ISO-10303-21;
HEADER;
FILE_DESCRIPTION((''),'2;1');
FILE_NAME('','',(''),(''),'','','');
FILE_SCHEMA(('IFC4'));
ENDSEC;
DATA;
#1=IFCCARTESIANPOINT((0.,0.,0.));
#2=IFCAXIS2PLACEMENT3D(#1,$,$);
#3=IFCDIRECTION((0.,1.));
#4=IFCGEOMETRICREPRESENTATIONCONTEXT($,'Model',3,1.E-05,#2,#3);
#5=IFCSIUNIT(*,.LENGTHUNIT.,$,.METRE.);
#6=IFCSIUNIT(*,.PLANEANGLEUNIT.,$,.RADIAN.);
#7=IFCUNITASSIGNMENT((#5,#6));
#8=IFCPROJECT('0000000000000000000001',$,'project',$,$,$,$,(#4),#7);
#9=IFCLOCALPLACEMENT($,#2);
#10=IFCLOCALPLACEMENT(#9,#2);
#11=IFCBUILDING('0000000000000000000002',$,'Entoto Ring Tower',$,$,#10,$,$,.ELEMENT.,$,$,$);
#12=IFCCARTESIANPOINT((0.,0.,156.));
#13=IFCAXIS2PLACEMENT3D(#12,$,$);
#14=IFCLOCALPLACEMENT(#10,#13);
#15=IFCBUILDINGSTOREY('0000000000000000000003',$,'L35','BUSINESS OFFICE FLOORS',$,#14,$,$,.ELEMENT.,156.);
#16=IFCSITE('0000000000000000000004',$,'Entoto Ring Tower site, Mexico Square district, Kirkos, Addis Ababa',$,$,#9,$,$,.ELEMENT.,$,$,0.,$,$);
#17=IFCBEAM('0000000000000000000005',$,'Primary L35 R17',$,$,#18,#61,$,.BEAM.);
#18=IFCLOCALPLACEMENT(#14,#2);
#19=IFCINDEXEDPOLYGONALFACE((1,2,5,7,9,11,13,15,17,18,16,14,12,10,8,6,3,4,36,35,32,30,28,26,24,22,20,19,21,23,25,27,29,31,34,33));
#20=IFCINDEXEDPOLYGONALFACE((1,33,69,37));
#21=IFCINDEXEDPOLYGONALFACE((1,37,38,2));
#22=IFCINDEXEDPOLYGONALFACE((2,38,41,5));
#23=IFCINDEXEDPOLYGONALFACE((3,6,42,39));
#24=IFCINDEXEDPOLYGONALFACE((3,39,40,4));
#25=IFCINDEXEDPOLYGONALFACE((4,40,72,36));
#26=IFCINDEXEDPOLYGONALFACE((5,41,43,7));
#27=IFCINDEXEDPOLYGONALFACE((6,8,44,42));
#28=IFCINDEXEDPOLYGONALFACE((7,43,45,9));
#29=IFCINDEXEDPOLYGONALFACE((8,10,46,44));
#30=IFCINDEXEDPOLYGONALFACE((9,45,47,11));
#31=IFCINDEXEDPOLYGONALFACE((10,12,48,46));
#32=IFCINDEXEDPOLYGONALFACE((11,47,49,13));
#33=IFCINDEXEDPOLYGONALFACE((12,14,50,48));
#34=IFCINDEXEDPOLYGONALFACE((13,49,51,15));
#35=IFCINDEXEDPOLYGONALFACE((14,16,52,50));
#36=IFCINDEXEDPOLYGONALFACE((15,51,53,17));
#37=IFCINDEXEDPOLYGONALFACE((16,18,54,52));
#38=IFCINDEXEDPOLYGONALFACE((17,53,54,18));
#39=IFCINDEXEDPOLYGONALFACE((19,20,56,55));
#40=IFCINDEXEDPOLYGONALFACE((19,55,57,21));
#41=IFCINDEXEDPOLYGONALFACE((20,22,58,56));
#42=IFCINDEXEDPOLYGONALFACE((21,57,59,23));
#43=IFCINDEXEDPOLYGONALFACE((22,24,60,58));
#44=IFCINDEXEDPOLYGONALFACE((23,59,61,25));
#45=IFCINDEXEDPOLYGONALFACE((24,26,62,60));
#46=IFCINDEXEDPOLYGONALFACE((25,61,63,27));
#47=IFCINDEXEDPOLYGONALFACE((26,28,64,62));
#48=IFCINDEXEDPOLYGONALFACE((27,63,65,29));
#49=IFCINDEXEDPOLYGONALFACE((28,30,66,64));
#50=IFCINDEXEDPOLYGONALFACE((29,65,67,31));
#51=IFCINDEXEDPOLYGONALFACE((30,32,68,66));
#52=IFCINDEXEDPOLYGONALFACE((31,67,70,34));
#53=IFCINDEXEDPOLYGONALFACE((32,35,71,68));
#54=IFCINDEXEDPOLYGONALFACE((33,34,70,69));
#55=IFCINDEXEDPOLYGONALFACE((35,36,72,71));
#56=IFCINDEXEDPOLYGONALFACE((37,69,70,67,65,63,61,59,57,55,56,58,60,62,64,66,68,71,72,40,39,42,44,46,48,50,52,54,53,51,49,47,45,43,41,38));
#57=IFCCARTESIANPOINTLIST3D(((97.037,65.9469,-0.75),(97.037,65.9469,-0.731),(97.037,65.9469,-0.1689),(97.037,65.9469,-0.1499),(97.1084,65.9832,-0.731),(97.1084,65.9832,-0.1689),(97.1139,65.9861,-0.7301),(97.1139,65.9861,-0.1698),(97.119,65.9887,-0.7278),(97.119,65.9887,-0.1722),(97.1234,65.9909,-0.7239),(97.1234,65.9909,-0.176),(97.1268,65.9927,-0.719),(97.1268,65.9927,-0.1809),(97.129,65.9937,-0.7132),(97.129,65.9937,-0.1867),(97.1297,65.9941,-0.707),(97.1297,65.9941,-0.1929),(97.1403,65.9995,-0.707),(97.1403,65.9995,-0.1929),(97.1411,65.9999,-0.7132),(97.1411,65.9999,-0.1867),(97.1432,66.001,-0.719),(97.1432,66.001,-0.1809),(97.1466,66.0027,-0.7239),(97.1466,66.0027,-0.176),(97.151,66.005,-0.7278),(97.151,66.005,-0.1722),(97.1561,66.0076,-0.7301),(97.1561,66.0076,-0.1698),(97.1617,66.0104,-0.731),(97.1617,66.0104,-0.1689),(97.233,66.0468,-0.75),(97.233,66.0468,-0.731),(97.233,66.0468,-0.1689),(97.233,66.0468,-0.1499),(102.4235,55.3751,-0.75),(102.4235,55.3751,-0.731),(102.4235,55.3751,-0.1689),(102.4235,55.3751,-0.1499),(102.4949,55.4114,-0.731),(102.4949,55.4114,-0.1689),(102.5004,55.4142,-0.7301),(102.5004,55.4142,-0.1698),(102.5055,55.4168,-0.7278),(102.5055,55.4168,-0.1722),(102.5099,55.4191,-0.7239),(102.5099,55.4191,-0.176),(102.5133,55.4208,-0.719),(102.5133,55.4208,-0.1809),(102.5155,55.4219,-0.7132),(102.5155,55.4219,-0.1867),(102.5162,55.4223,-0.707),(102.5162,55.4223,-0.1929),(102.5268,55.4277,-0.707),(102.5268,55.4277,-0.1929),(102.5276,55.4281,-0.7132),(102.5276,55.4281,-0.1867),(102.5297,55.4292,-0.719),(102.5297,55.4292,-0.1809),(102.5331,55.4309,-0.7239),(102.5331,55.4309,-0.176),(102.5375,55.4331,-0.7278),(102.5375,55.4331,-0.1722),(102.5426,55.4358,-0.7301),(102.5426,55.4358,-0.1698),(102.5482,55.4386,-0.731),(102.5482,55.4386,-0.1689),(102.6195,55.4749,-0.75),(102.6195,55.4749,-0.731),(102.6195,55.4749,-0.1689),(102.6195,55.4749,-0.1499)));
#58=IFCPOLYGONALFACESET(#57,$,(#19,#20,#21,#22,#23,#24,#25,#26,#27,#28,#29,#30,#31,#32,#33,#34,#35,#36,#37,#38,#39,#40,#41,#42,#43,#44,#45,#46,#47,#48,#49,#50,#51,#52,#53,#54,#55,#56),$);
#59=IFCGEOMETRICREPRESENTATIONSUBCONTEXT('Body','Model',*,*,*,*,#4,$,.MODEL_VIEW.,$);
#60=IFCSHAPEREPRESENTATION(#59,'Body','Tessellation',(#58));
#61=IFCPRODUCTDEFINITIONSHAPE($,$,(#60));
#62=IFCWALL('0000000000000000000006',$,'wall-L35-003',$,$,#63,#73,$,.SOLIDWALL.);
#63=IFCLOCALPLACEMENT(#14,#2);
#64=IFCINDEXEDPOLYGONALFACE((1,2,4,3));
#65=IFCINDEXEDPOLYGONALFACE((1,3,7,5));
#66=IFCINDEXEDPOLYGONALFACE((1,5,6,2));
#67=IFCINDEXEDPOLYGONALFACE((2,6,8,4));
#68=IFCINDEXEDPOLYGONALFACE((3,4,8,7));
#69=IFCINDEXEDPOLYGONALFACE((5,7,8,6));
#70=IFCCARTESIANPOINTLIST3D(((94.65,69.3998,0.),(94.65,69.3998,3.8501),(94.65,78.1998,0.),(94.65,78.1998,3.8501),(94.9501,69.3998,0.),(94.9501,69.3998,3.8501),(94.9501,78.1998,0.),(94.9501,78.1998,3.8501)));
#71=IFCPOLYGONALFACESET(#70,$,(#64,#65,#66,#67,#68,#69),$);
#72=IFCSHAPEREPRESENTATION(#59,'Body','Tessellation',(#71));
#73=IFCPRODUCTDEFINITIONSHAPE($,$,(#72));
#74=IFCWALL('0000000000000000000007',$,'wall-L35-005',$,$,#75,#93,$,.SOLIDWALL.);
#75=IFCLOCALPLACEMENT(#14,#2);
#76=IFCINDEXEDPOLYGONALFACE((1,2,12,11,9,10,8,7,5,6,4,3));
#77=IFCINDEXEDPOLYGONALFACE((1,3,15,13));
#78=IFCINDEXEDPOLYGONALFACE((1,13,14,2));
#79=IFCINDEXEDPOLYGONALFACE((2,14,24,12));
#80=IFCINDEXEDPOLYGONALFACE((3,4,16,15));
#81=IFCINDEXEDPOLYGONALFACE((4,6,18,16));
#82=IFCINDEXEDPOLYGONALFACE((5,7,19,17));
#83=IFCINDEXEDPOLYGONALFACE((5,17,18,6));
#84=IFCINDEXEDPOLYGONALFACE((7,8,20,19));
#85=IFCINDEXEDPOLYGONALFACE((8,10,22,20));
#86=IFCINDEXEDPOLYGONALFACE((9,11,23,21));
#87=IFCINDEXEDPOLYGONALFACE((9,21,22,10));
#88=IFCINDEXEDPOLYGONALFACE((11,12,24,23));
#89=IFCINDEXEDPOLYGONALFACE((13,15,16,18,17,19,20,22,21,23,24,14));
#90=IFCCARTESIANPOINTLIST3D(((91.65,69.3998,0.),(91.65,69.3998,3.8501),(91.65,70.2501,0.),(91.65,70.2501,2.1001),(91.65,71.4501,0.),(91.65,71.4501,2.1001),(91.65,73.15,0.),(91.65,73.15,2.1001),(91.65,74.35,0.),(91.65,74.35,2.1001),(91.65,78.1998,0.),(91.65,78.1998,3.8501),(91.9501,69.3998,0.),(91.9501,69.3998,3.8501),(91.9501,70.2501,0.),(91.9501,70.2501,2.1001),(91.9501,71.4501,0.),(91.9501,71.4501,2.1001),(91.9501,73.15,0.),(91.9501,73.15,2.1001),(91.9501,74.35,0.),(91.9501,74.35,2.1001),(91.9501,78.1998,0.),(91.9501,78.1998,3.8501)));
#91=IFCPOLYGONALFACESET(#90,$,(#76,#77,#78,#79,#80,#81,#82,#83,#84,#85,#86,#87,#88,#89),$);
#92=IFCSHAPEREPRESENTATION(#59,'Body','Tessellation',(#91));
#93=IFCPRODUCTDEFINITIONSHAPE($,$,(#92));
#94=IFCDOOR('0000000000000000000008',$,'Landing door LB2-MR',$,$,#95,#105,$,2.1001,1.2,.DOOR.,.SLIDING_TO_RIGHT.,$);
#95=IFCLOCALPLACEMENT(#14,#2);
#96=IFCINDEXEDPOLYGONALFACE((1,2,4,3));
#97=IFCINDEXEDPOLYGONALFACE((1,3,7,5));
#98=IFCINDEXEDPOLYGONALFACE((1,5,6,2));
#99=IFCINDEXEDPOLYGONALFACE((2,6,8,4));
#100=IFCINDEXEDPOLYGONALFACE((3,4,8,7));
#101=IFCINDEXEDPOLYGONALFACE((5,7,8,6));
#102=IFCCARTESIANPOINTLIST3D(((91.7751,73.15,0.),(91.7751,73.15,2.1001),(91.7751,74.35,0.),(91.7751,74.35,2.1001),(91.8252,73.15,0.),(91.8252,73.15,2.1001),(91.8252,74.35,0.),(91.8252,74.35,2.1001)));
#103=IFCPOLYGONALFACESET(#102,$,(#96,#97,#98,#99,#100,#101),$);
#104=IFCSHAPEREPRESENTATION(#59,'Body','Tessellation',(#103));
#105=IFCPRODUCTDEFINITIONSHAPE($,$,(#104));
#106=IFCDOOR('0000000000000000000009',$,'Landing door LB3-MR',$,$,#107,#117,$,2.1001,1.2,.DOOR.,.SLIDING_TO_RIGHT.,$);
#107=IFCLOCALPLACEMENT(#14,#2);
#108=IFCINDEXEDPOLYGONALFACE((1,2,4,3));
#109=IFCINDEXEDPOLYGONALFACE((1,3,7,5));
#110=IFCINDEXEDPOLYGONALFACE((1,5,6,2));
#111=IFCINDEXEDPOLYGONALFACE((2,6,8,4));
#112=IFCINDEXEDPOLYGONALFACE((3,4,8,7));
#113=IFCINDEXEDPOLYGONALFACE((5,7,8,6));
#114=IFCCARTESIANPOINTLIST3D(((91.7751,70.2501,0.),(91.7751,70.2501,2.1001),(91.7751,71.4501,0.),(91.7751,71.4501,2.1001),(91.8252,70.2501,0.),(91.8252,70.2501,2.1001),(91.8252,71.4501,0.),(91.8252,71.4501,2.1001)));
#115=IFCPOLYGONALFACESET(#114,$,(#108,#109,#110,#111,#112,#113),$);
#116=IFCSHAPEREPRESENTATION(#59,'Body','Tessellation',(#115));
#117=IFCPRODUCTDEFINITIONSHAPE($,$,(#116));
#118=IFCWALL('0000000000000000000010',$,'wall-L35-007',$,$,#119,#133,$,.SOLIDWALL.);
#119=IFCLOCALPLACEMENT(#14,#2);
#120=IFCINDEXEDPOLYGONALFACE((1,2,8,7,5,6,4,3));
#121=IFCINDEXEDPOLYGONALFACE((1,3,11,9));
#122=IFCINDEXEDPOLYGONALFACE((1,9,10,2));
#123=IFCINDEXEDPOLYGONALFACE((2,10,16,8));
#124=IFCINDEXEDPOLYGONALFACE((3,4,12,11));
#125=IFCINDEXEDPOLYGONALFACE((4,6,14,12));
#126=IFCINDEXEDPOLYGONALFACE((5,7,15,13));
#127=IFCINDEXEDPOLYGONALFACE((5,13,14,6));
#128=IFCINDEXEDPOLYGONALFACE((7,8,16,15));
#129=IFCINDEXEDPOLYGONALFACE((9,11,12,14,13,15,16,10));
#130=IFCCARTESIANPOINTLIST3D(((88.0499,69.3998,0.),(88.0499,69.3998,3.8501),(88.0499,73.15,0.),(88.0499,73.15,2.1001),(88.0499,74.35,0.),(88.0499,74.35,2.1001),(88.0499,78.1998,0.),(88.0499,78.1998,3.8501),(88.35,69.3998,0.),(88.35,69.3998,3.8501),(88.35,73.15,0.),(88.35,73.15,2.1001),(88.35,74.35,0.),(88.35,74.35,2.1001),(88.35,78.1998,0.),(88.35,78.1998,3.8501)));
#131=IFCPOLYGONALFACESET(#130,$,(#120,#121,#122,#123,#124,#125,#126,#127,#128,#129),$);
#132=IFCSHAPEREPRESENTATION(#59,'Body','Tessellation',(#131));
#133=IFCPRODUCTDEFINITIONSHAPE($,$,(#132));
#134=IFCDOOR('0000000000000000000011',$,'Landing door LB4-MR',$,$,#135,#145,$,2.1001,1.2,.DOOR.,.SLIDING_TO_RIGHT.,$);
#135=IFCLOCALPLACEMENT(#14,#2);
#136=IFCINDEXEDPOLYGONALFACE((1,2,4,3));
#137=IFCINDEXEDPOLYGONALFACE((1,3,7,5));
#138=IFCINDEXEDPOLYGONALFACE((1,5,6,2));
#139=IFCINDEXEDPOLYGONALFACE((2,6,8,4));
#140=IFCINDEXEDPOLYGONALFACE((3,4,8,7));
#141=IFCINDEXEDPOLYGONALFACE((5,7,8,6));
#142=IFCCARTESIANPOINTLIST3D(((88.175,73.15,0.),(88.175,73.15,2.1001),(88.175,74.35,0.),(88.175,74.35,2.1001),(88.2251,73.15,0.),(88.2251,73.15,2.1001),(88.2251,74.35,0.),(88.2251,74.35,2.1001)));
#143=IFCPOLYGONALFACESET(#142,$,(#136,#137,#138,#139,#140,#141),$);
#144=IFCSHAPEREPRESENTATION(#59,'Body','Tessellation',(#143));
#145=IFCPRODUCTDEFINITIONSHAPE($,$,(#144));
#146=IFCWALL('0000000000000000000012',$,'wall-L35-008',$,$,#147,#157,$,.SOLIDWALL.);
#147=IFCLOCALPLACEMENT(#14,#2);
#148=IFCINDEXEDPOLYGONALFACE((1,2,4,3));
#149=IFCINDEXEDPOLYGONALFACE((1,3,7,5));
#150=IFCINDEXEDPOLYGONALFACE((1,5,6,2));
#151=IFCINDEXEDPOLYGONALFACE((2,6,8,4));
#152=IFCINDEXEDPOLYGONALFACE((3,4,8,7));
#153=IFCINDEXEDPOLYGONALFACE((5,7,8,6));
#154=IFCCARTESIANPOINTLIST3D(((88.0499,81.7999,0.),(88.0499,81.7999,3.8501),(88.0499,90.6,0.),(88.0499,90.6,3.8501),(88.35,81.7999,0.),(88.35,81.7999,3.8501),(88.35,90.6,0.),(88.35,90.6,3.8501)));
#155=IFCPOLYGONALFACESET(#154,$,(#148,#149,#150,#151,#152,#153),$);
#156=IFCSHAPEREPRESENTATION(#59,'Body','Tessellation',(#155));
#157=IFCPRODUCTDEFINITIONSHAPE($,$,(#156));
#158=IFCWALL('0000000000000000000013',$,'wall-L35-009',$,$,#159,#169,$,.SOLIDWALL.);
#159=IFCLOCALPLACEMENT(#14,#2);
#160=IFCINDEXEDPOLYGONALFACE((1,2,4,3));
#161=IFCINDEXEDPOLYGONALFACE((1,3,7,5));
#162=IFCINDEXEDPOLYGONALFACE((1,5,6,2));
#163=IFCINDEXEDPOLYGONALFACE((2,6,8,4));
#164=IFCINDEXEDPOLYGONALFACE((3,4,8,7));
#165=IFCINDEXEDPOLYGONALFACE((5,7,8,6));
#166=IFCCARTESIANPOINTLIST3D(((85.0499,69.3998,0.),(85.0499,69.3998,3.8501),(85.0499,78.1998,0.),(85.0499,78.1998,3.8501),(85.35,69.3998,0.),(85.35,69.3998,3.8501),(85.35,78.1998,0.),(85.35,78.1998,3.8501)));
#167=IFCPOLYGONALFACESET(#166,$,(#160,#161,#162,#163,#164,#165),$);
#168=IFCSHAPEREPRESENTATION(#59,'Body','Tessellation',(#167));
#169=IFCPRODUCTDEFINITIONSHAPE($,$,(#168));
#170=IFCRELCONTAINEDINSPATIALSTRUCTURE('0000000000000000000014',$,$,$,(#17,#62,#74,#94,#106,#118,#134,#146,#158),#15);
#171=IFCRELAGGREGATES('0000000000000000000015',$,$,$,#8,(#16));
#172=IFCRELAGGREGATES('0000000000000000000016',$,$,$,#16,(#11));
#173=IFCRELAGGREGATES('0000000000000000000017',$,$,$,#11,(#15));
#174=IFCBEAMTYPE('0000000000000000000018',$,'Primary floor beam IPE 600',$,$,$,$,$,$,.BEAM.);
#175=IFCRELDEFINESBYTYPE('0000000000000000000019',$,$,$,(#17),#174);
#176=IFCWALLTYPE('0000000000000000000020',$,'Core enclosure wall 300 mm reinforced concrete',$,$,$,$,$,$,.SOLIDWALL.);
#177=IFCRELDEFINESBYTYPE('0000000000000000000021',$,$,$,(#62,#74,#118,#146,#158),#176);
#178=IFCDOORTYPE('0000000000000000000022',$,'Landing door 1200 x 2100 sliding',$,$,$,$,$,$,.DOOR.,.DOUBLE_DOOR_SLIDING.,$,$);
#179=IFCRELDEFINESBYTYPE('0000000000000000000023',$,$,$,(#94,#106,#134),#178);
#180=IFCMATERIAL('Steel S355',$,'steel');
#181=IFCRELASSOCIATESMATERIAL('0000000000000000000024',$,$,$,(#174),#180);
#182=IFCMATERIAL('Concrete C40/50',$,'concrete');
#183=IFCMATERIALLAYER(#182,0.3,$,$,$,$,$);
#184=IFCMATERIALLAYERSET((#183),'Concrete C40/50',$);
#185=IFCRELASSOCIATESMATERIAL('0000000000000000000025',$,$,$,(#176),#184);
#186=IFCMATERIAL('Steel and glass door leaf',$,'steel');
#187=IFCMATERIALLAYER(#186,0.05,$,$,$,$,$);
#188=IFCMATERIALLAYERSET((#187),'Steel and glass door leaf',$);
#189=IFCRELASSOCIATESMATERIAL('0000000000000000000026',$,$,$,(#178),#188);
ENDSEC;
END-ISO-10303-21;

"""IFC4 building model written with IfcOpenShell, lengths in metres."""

from ifc_helpers import new_model, si_unit, direction, frame, frame_2d, origin, origin_2d, place, context, subcontext, project, spatial, rectangle, i_section, extrude, material, layer, layer_set, material_profile, profile_set, type_object, element, fill, save


model = new_model("IFC4")

# Units and contexts
model_context = context("Model", 3, precision=1e-05, world=origin(), true_north=direction((0.0, 1.0)))
body_context = subcontext(model_context, "Body", "Model", "MODEL_VIEW")
ifc_project = project(units=[si_unit("LENGTHUNIT", "METRE"), si_unit("PLANEANGLEUNIT", "RADIAN")], contexts=[model_context])

# Site, building, storey
site_placement = place(None, origin())
site = spatial("IfcSite", under=ifc_project, at=site_placement, Name="Entoto Ring Tower site, Mexico Square district, Kirkos, Addis Ababa", CompositionType="ELEMENT", RefElevation=0.0)
building_placement = place(site_placement, origin())
building = spatial("IfcBuilding", under=site, at=building_placement, Name="Entoto Ring Tower", CompositionType="ELEMENT")
storey_placement = place(building_placement, frame((0.0, 0.0, 156.0)))
storey = spatial("IfcBuildingStorey", under=building, at=storey_placement, Name="L35", Description="BUSINESS OFFICE FLOORS", CompositionType="ELEMENT", Elevation=156.0)

# Beam
ifc_material_1 = material(Name="Steel S355", Category="steel")
ifc_material_profile = material_profile(ifc_material_1, i_section(OverallWidth=0.22, OverallDepth=0.6001, WebThickness=0.012, FlangeThickness=0.019, FilletRadius=0.0239, at=origin_2d()), Name="IPE 600")
ifc_profile_set = profile_set([ifc_material_profile], Name="Steel S355")
beam_type = type_object("IfcBeamType", Name="Primary floor beam IPE 600", PredefinedType="BEAM", material=ifc_profile_set)
beam_placement = place(storey_placement, frame((97.135, 65.9968, -0.45), z_axis=(0.453983, -0.89101, 0.0), x_axis=(0.89101, 0.453983, 0.0)))
element("IfcBeam", 1, at=beam_placement, inside=storey, type_object=beam_type, Name="Primary L35 R17", PredefinedType="BEAM", context=body_context, shape_type="SweptSolid", body=[
    extrude(i_section(OverallWidth=0.22, OverallDepth=0.6001, WebThickness=0.012, FlangeThickness=0.019, FilletRadius=0.0239, at=origin_2d()), origin(), (0.0, 0.0, 1.0), 11.865),
])

# Wall
ifc_material_2 = material(Name="Concrete C40/50", Category="concrete")
ifc_layer_1 = layer(ifc_material_2, 0.3)
ifc_layer_set_1 = layer_set([ifc_layer_1], Name="Concrete C40/50")
wall_type_1 = type_object("IfcWallType", Name="Core enclosure wall 300 mm reinforced concrete", PredefinedType="SOLIDWALL", material=ifc_layer_set_1)
wall_1_placement = place(storey_placement, frame((94.8, 69.3999, 0.0), z_axis=(0.0, 0.0, 1.0), x_axis=(0.0, 1.0, 0.0)))
element("IfcWall", 2, at=wall_1_placement, inside=storey, type_object=wall_type_1, Name="wall-L35-003", PredefinedType="SOLIDWALL", context=body_context, shape_type="SweptSolid", body=[
    extrude(rectangle(XDim=8.8, YDim=0.3, at=frame_2d((4.3999, 0.0))), origin(), (0.0, 0.0, 1.0), 3.8501),
])

# Wall, openings, doors
wall_2_placement = place(storey_placement, frame((91.8, 69.3999, 0.0), z_axis=(0.0, 0.0, 1.0), x_axis=(0.0, 1.0, 0.0)))
wall_2 = element("IfcWall", 3, at=wall_2_placement, inside=storey, type_object=wall_type_1, Name="wall-L35-005", PredefinedType="SOLIDWALL", context=body_context, shape_type="SweptSolid", body=[
    extrude(rectangle(XDim=8.8, YDim=0.3, at=frame_2d((4.3999, 0.0))), origin(), (0.0, 0.0, 1.0), 3.8501),
])
opening_1_placement = place(wall_2_placement, frame((3.75, 0.0, 0.0)))
opening_1 = element("IfcOpeningElement", 4, at=opening_1_placement, cuts=wall_2, PredefinedType="OPENING", context=body_context, shape_type="SweptSolid", body=[
    extrude(rectangle(XDim=1.2, YDim=2.1001, at=frame_2d((0.6001, 1.05))), frame((0.0, 0.1602, 0.0), z_axis=(0.0, -1.0, 0.0), x_axis=(1.0, 0.0, 0.0)), (0.0, 0.0, 1.0), 0.3201),
])
opening_2_placement = place(wall_2_placement, frame((0.8501, 0.0, 0.0)))
opening_2 = element("IfcOpeningElement", 5, at=opening_2_placement, cuts=wall_2, PredefinedType="OPENING", context=body_context, shape_type="SweptSolid", body=[
    extrude(rectangle(XDim=1.2, YDim=2.1001, at=frame_2d((0.6001, 1.05))), frame((0.0, 0.1602, 0.0), z_axis=(0.0, -1.0, 0.0), x_axis=(1.0, 0.0, 0.0)), (0.0, 0.0, 1.0), 0.3201),
])
ifc_material_3 = material(Name="Steel and glass door leaf", Category="steel")
ifc_layer_2 = layer(ifc_material_3, 0.05)
ifc_layer_set_2 = layer_set([ifc_layer_2], Name="Steel and glass door leaf")
door_type_1 = type_object("IfcDoorType", Name="Landing door 1200 x 2100 sliding", OperationType="DOUBLE_DOOR_SLIDING", PredefinedType="DOOR", material=ifc_layer_set_2)
door_1_placement = place(opening_1_placement, origin())
door_1 = element("IfcDoor", 6, at=door_1_placement, inside=storey, type_object=door_type_1, Name="Landing door LB2-MR", OperationType="SLIDING_TO_RIGHT", OverallHeight=2.1001, OverallWidth=1.2, PredefinedType="DOOR", context=body_context, shape_type="SweptSolid", body=[
    extrude(rectangle(XDim=1.2, YDim=2.1001, at=frame_2d((0.6001, 1.05))), frame((0.0, 0.0249, 0.0), z_axis=(0.0, -1.0, 0.0), x_axis=(1.0, 0.0, 0.0)), (0.0, 0.0, 1.0), 0.05),
])
fill(opening_1, door_1)
door_2_placement = place(opening_2_placement, origin())
door_2 = element("IfcDoor", 7, at=door_2_placement, inside=storey, type_object=door_type_1, Name="Landing door LB3-MR", OperationType="SLIDING_TO_RIGHT", OverallHeight=2.1001, OverallWidth=1.2, PredefinedType="DOOR", context=body_context, shape_type="SweptSolid", body=[
    extrude(rectangle(XDim=1.2, YDim=2.1001, at=frame_2d((0.6001, 1.05))), frame((0.0, 0.0249, 0.0), z_axis=(0.0, -1.0, 0.0), x_axis=(1.0, 0.0, 0.0)), (0.0, 0.0, 1.0), 0.05),
])
fill(opening_2, door_2)

# Wall, opening, door
wall_3_placement = place(storey_placement, frame((88.2, 69.3999, 0.0), z_axis=(0.0, 0.0, 1.0), x_axis=(0.0, 1.0, 0.0)))
wall_3 = element("IfcWall", 8, at=wall_3_placement, inside=storey, type_object=wall_type_1, Name="wall-L35-007", PredefinedType="SOLIDWALL", context=body_context, shape_type="SweptSolid", body=[
    extrude(rectangle(XDim=8.8, YDim=0.3, at=frame_2d((4.3999, 0.0))), origin(), (0.0, 0.0, 1.0), 3.8501),
])
opening_3_placement = place(wall_3_placement, frame((3.75, 0.0, 0.0)))
opening_3 = element("IfcOpeningElement", 9, at=opening_3_placement, cuts=wall_3, PredefinedType="OPENING", context=body_context, shape_type="SweptSolid", body=[
    extrude(rectangle(XDim=1.2, YDim=2.1001, at=frame_2d((0.6001, 1.05))), frame((0.0, 0.1602, 0.0), z_axis=(0.0, -1.0, 0.0), x_axis=(1.0, 0.0, 0.0)), (0.0, 0.0, 1.0), 0.3201),
])
door_3_placement = place(opening_3_placement, origin())
door_3 = element("IfcDoor", 10, at=door_3_placement, inside=storey, type_object=door_type_1, Name="Landing door LB4-MR", OperationType="SLIDING_TO_RIGHT", OverallHeight=2.1001, OverallWidth=1.2, PredefinedType="DOOR", context=body_context, shape_type="SweptSolid", body=[
    extrude(rectangle(XDim=1.2, YDim=2.1001, at=frame_2d((0.6001, 1.05))), frame((0.0, 0.0249, 0.0), z_axis=(0.0, -1.0, 0.0), x_axis=(1.0, 0.0, 0.0)), (0.0, 0.0, 1.0), 0.05),
])
fill(opening_3, door_3)

# Walls
for number, where, z_axis, x_axis, name in (
    (11, (88.2, 81.8, 0.0), (0.0, 0.0, 1.0), (0.0, 1.0, 0.0), "wall-L35-008"),
    (12, (85.2, 69.3999, 0.0), (0.0, 0.0, 1.0), (0.0, 1.0, 0.0), "wall-L35-009"),
):
    element("IfcWall", number, at=place(storey_placement, frame(where, z_axis=z_axis, x_axis=x_axis)), inside=storey, type_object=wall_type_1, Name=name, PredefinedType="SOLIDWALL", context=body_context, shape_type="SweptSolid", body=[
        extrude(rectangle(XDim=8.8, YDim=0.3, at=frame_2d((4.3999, 0.0))), origin(), (0.0, 0.0, 1.0), 3.8501),
    ])

save(model, "model.ifc")
